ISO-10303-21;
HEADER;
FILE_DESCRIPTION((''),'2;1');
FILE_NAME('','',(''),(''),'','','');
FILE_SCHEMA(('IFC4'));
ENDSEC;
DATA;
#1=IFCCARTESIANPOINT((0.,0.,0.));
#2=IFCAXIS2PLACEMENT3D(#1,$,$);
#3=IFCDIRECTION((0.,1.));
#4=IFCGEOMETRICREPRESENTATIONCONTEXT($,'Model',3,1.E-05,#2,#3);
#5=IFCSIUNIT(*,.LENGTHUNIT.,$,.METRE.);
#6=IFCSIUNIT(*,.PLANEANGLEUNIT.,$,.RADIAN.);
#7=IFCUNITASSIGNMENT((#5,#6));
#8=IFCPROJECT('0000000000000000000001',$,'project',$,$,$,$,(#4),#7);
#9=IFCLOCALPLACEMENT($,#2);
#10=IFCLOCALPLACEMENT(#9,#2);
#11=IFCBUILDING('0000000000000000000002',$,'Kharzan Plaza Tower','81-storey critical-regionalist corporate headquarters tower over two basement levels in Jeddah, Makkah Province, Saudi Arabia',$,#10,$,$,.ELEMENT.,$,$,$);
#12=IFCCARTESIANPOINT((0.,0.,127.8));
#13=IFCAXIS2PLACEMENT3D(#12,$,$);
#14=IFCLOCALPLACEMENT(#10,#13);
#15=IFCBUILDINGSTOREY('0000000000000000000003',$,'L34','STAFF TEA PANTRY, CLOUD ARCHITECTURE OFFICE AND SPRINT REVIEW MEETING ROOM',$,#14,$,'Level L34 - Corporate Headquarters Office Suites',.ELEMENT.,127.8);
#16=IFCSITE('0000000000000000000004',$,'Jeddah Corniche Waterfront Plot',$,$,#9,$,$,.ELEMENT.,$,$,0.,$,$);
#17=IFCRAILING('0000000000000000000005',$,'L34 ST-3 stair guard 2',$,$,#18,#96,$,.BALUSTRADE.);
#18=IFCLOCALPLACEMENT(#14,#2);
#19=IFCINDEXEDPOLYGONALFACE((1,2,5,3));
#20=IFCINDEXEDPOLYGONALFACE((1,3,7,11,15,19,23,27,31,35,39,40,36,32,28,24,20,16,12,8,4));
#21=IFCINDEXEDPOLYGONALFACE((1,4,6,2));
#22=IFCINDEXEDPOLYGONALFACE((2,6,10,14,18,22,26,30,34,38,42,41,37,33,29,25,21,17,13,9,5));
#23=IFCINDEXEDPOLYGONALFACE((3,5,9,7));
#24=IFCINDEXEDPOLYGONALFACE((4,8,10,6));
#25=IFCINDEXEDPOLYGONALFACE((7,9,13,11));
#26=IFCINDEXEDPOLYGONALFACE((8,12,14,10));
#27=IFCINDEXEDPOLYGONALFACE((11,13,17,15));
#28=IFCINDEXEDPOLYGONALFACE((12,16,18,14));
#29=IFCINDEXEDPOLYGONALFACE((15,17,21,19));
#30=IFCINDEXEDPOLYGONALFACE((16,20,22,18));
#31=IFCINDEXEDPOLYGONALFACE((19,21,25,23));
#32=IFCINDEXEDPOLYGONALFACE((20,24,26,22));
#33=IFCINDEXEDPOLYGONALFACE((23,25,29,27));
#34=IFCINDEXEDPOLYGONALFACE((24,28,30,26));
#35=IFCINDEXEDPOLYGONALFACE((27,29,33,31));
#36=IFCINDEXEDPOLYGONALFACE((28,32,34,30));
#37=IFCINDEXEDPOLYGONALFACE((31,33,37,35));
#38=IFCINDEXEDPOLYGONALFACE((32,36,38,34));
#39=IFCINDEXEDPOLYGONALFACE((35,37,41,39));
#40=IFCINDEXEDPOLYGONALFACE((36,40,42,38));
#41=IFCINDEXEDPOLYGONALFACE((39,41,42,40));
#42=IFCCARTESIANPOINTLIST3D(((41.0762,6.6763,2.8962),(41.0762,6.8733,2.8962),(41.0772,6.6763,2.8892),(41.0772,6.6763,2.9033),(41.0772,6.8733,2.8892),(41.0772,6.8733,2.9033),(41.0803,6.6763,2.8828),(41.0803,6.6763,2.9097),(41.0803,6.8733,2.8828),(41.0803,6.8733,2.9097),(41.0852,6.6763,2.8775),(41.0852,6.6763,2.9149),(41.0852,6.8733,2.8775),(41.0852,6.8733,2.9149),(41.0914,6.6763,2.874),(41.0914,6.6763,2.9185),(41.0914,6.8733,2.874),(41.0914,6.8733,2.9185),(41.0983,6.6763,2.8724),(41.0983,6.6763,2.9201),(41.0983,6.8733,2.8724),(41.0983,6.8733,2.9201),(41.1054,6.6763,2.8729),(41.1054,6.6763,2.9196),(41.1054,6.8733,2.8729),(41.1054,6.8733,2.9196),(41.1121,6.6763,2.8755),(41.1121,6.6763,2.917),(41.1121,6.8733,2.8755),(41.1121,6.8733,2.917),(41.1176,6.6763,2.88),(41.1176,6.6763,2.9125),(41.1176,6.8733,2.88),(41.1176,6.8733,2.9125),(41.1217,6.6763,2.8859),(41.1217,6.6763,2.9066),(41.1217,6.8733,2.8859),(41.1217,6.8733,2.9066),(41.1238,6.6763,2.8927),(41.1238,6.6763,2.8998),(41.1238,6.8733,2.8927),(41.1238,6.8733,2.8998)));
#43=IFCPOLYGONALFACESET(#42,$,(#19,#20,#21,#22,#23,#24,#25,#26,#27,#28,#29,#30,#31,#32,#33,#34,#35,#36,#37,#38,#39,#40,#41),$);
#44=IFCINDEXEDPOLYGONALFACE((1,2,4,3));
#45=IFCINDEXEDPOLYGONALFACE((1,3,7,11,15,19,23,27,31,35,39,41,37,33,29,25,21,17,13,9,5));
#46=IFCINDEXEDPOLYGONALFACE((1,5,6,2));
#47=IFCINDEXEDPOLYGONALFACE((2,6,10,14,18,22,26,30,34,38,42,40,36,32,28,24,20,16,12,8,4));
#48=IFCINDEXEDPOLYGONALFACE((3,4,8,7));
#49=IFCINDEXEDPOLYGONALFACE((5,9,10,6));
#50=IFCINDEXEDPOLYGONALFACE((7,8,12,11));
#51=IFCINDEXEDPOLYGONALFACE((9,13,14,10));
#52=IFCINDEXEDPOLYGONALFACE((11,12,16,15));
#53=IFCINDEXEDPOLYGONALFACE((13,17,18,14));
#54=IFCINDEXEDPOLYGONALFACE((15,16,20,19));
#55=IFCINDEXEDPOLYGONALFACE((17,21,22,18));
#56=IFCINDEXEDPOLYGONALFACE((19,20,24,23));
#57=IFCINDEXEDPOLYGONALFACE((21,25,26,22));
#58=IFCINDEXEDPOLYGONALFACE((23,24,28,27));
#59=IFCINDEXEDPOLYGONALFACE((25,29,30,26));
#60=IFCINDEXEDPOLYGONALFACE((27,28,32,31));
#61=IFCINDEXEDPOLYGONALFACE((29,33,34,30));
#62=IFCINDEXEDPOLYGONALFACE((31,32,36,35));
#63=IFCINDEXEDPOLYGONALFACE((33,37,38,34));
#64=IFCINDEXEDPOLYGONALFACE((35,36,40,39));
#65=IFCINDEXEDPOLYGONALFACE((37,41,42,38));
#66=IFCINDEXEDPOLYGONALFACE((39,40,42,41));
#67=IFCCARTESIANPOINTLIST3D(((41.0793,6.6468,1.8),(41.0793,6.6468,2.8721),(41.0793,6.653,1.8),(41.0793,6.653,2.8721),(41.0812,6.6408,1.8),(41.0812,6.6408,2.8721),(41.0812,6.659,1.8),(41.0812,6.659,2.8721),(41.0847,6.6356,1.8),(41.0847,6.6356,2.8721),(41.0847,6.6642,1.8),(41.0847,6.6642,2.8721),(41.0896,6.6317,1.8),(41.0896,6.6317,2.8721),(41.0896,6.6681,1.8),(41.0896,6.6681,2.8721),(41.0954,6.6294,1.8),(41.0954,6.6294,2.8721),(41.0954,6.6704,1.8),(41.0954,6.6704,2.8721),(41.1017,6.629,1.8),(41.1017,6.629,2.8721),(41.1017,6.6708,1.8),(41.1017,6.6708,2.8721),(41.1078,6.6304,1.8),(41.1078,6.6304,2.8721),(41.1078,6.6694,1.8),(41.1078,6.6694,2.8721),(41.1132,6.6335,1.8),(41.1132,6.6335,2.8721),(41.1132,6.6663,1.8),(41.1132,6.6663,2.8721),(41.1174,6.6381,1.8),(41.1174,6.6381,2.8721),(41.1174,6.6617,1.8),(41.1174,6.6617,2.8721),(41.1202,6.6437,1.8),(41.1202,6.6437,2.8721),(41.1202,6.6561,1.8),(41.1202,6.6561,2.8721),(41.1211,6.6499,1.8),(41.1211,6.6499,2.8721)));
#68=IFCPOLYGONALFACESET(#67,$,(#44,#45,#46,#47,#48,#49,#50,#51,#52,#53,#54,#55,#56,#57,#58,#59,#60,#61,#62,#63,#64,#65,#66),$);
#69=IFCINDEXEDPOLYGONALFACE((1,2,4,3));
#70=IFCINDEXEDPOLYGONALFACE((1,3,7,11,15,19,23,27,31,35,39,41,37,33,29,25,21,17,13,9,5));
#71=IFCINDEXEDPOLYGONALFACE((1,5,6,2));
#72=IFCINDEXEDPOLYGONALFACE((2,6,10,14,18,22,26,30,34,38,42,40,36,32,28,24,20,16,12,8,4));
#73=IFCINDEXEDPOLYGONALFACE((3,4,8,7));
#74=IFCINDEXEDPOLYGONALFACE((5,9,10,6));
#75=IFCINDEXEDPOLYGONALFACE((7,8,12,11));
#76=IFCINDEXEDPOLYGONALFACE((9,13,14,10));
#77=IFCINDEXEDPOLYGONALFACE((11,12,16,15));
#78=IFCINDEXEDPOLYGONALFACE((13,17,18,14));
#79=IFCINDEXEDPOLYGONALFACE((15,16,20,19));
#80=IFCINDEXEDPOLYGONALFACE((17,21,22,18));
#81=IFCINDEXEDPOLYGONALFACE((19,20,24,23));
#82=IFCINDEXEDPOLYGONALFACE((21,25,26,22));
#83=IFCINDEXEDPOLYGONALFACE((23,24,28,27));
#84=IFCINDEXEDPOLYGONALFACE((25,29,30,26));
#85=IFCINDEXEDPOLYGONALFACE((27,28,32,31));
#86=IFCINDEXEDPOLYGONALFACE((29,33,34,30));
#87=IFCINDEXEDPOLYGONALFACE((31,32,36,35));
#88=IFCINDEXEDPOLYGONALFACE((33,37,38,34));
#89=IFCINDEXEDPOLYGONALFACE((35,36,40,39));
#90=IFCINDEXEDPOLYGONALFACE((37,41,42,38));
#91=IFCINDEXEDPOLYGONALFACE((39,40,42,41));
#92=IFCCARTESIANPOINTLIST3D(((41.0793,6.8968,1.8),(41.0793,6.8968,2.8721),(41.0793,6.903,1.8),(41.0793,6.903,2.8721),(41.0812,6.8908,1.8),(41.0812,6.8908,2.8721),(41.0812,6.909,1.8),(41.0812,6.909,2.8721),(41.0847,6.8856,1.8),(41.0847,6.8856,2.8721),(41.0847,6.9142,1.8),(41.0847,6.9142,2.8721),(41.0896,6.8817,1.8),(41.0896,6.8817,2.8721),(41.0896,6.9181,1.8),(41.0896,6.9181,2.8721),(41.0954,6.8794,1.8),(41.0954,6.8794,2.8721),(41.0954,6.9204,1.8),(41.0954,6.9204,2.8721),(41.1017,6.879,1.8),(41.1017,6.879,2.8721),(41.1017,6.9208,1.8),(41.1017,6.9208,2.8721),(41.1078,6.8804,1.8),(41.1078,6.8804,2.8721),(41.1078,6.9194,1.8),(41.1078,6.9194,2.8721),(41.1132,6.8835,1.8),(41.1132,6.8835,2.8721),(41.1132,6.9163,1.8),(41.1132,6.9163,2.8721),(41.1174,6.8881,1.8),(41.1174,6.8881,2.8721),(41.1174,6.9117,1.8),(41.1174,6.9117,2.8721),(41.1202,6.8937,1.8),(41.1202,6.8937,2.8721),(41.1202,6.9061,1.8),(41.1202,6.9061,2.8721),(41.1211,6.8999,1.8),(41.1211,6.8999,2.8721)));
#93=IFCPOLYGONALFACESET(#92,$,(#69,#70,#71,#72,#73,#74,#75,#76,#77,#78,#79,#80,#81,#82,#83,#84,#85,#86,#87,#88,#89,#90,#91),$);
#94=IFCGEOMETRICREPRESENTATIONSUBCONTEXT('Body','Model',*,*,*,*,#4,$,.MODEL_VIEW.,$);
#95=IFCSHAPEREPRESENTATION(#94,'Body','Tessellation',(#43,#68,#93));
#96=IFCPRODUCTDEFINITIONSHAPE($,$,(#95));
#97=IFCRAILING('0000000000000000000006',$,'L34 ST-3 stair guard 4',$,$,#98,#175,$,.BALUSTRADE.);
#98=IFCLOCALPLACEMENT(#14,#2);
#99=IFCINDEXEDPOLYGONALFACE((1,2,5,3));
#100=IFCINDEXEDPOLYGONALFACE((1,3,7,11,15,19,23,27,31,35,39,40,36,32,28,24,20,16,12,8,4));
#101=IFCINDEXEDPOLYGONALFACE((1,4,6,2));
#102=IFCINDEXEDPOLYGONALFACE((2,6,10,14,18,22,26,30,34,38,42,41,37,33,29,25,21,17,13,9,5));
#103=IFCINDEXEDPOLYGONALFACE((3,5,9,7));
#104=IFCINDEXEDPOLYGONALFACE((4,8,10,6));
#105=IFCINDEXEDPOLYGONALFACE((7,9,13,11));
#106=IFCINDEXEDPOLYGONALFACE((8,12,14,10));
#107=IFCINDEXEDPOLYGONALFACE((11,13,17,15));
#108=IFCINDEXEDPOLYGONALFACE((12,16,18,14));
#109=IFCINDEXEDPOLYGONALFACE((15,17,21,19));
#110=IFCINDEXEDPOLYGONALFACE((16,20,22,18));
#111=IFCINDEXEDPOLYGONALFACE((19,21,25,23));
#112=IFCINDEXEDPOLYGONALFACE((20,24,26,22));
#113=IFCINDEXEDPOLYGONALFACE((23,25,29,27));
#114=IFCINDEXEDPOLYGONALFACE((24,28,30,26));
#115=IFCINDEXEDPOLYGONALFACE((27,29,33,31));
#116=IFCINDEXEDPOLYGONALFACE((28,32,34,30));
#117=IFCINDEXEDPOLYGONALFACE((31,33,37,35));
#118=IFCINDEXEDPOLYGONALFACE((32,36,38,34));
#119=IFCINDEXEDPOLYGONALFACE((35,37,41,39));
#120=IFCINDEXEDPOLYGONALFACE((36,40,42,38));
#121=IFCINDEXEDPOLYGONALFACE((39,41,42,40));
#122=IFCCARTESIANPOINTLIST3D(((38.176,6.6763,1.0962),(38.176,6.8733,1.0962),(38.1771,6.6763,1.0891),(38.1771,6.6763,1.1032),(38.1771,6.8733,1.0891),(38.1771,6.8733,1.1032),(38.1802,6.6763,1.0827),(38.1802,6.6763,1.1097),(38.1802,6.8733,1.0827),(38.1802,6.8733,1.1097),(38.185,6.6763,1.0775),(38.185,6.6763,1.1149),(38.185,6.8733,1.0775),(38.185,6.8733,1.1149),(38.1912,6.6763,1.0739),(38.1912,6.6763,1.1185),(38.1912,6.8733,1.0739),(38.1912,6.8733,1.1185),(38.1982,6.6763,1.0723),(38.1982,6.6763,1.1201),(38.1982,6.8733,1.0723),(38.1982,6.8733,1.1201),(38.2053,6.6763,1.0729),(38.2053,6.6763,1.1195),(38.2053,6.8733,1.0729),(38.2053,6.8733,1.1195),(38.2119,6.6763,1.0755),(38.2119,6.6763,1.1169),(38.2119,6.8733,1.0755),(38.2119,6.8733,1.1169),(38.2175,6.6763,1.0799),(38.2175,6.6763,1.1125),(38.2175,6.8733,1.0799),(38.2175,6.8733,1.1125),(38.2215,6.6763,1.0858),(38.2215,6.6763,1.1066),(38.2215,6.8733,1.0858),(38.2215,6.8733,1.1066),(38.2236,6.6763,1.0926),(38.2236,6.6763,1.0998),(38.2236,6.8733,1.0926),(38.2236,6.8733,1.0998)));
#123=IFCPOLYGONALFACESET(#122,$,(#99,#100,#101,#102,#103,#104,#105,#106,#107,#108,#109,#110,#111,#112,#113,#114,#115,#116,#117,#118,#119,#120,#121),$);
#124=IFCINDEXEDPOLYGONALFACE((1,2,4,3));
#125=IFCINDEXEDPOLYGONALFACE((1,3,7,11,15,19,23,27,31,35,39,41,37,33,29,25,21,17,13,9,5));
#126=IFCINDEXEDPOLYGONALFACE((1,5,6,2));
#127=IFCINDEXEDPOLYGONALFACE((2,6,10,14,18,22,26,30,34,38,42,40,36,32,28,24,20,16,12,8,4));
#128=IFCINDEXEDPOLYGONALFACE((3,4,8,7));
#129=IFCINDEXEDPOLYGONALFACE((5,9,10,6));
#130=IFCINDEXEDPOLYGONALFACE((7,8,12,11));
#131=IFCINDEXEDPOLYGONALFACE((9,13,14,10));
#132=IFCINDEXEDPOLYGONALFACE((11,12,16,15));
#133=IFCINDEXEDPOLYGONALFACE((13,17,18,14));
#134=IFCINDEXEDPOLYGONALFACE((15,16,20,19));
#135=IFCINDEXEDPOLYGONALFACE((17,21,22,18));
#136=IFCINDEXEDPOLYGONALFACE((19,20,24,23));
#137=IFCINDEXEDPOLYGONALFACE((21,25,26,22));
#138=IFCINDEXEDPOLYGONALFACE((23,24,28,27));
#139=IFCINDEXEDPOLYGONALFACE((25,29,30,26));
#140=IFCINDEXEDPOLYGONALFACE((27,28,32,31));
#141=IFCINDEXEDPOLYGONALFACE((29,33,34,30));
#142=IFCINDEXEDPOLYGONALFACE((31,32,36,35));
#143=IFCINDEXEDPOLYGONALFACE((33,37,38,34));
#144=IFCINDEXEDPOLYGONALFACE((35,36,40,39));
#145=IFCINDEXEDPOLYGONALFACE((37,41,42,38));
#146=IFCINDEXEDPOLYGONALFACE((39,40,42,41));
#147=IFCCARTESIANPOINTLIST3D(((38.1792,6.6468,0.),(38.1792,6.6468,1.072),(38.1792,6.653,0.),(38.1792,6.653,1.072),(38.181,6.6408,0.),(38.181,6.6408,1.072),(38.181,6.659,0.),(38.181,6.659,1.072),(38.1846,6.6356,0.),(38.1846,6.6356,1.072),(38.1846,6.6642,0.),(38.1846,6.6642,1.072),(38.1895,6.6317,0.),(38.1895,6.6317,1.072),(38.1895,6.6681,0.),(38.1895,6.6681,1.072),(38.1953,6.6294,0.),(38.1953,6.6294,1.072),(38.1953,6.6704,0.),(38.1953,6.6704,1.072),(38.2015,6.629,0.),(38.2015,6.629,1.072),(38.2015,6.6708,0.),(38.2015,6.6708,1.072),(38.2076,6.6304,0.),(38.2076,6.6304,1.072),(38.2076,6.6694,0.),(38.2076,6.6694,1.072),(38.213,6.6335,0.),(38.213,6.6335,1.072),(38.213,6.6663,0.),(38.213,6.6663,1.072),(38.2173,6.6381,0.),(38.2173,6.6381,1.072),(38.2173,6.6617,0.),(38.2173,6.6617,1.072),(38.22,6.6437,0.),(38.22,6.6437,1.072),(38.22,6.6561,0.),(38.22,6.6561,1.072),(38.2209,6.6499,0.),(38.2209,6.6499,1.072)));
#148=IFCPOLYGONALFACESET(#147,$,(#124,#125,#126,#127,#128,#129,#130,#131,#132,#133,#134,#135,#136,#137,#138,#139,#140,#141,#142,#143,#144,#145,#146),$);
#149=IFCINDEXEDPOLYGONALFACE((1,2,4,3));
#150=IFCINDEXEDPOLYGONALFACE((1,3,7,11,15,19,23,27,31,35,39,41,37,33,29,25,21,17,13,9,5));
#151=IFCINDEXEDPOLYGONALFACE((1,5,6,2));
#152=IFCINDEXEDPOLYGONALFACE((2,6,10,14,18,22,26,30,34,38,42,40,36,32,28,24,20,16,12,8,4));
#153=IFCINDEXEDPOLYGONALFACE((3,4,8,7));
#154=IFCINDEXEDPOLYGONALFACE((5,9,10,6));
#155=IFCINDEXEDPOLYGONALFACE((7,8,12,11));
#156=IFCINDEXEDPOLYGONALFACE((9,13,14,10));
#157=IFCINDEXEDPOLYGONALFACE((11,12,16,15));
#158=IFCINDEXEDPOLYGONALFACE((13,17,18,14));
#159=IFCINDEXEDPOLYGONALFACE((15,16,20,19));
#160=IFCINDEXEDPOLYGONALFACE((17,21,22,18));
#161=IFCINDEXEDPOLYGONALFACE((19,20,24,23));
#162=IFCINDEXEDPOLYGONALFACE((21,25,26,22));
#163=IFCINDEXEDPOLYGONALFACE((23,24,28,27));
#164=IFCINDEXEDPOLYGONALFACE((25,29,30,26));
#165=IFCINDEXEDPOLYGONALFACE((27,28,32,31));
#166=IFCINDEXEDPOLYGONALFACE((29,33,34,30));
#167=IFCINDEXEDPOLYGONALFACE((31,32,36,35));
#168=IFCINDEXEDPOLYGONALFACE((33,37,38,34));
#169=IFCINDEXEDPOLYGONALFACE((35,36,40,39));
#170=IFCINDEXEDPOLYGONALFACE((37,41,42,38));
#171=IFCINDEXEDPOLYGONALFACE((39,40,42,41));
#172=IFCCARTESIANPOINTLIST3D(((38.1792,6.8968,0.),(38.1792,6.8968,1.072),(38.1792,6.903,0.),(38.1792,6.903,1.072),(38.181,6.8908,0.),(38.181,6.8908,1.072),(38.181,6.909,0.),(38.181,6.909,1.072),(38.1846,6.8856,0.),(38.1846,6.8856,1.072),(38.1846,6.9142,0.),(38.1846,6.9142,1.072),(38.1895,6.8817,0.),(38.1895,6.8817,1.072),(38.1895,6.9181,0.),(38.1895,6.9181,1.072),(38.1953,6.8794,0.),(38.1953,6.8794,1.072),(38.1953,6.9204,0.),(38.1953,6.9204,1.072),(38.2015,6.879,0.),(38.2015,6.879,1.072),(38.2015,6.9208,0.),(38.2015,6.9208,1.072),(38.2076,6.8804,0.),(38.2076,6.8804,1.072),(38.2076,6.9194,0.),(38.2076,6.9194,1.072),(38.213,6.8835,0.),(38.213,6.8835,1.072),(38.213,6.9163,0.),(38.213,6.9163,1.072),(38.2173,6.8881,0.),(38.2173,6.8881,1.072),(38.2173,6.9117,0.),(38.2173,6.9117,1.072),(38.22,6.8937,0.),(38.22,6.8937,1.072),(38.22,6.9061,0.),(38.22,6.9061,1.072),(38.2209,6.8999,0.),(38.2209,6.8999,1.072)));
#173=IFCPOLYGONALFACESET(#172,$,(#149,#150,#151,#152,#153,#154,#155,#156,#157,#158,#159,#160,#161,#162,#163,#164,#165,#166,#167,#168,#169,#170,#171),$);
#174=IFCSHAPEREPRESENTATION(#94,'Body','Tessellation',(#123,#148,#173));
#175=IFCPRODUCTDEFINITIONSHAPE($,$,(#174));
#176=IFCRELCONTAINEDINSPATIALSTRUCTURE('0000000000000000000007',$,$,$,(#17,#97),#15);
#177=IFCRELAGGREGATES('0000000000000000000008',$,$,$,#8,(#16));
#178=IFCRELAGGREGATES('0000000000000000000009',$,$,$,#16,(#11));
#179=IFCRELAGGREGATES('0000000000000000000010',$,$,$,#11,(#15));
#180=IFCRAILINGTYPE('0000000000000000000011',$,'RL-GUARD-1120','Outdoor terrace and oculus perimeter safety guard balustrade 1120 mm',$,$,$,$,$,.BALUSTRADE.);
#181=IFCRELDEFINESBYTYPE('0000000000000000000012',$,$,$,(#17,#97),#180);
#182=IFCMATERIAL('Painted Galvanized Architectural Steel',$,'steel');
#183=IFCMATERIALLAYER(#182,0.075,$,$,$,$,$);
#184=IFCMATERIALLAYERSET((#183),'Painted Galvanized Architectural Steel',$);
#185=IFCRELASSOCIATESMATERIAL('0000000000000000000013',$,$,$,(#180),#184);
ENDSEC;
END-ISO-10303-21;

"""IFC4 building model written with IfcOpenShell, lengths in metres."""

from ifc_helpers import new_model, si_unit, direction, frame, origin, origin_2d, place, context, subcontext, project, spatial, circle, extrude, source, transform, mapped, material, layer, layer_set, type_object, element, save


model = new_model("IFC4")

# Units and contexts
model_context = context("Model", 3, precision=1e-05, world=origin(), true_north=direction((0.0, 1.0)))
body_context = subcontext(model_context, "Body", "Model", "MODEL_VIEW")
ifc_project = project(units=[si_unit("LENGTHUNIT", "METRE"), si_unit("PLANEANGLEUNIT", "RADIAN")], contexts=[model_context])

# Site, building, storey
site_placement = place(None, origin())
site = spatial("IfcSite", under=ifc_project, at=site_placement, Name="Jeddah Corniche Waterfront Plot", CompositionType="ELEMENT", RefElevation=0.0)
building_placement = place(site_placement, origin())
building = spatial("IfcBuilding", under=site, at=building_placement, Name="Kharzan Plaza Tower", Description="81-storey critical-regionalist corporate headquarters tower over two basement levels in Jeddah, Makkah Province, Saudi Arabia", CompositionType="ELEMENT")
storey_placement = place(building_placement, frame((0.0, 0.0, 127.8)))
storey = spatial("IfcBuildingStorey", under=building, at=storey_placement, Name="L34", Description="STAFF TEA PANTRY, CLOUD ARCHITECTURE OFFICE AND SPRINT REVIEW MEETING ROOM", LongName="Level L34 - Corporate Headquarters Office Suites", CompositionType="ELEMENT", Elevation=127.8)

# Railings
ifc_material_1 = material(Name="Painted Galvanized Architectural Steel", Category="steel")
ifc_layer_1 = layer(ifc_material_1, 0.075)
ifc_layer_set_1 = layer_set([ifc_layer_1], Name="Painted Galvanized Architectural Steel")
railing_type_1 = type_object("IfcRailingType", Name="RL-GUARD-1120", Description="Outdoor terrace and oculus perimeter safety guard balustrade 1120 mm", PredefinedType="BALUSTRADE", material=ifc_layer_set_1)
shared_shape_1 = source(origin(), body_context, "Body", "SweptSolid", [
    extrude(circle(Radius=0.0239, at=origin_2d()), frame((0.0, 0.0264, 1.0962), z_axis=(0.0, 1.0, 0.0), x_axis=(-1.0, 0.0, 0.0)), (0.0, 0.0, 1.0), 0.197),
    extrude(circle(Radius=0.021, at=origin_2d()), origin(), (0.0, 0.0, 1.0), 1.072),
    extrude(circle(Radius=0.021, at=origin_2d()), frame((0.0, 0.25, 0.0)), (0.0, 0.0, 1.0), 1.072),
])
for number, where, name in (
    (1, (41.1001, 6.6499, 1.8), "L34 ST-3 stair guard 2"),
    (2, (38.2, 6.6499, 0.0), "L34 ST-3 stair guard 4"),
):
    element("IfcRailing", number, at=place(storey_placement, frame(where)), inside=storey, type_object=railing_type_1, Name=name, PredefinedType="BALUSTRADE", context=body_context, shape_type="MappedRepresentation", body=[
        mapped(shared_shape_1, transform((0.0, 0.0, 0.0), x_axis=(1.0, 0.0, 0.0), y_axis=(0.0, 1.0, 0.0), z_axis=(0.0, 0.0, 1.0))),
    ])

save(model, "model.ifc")
